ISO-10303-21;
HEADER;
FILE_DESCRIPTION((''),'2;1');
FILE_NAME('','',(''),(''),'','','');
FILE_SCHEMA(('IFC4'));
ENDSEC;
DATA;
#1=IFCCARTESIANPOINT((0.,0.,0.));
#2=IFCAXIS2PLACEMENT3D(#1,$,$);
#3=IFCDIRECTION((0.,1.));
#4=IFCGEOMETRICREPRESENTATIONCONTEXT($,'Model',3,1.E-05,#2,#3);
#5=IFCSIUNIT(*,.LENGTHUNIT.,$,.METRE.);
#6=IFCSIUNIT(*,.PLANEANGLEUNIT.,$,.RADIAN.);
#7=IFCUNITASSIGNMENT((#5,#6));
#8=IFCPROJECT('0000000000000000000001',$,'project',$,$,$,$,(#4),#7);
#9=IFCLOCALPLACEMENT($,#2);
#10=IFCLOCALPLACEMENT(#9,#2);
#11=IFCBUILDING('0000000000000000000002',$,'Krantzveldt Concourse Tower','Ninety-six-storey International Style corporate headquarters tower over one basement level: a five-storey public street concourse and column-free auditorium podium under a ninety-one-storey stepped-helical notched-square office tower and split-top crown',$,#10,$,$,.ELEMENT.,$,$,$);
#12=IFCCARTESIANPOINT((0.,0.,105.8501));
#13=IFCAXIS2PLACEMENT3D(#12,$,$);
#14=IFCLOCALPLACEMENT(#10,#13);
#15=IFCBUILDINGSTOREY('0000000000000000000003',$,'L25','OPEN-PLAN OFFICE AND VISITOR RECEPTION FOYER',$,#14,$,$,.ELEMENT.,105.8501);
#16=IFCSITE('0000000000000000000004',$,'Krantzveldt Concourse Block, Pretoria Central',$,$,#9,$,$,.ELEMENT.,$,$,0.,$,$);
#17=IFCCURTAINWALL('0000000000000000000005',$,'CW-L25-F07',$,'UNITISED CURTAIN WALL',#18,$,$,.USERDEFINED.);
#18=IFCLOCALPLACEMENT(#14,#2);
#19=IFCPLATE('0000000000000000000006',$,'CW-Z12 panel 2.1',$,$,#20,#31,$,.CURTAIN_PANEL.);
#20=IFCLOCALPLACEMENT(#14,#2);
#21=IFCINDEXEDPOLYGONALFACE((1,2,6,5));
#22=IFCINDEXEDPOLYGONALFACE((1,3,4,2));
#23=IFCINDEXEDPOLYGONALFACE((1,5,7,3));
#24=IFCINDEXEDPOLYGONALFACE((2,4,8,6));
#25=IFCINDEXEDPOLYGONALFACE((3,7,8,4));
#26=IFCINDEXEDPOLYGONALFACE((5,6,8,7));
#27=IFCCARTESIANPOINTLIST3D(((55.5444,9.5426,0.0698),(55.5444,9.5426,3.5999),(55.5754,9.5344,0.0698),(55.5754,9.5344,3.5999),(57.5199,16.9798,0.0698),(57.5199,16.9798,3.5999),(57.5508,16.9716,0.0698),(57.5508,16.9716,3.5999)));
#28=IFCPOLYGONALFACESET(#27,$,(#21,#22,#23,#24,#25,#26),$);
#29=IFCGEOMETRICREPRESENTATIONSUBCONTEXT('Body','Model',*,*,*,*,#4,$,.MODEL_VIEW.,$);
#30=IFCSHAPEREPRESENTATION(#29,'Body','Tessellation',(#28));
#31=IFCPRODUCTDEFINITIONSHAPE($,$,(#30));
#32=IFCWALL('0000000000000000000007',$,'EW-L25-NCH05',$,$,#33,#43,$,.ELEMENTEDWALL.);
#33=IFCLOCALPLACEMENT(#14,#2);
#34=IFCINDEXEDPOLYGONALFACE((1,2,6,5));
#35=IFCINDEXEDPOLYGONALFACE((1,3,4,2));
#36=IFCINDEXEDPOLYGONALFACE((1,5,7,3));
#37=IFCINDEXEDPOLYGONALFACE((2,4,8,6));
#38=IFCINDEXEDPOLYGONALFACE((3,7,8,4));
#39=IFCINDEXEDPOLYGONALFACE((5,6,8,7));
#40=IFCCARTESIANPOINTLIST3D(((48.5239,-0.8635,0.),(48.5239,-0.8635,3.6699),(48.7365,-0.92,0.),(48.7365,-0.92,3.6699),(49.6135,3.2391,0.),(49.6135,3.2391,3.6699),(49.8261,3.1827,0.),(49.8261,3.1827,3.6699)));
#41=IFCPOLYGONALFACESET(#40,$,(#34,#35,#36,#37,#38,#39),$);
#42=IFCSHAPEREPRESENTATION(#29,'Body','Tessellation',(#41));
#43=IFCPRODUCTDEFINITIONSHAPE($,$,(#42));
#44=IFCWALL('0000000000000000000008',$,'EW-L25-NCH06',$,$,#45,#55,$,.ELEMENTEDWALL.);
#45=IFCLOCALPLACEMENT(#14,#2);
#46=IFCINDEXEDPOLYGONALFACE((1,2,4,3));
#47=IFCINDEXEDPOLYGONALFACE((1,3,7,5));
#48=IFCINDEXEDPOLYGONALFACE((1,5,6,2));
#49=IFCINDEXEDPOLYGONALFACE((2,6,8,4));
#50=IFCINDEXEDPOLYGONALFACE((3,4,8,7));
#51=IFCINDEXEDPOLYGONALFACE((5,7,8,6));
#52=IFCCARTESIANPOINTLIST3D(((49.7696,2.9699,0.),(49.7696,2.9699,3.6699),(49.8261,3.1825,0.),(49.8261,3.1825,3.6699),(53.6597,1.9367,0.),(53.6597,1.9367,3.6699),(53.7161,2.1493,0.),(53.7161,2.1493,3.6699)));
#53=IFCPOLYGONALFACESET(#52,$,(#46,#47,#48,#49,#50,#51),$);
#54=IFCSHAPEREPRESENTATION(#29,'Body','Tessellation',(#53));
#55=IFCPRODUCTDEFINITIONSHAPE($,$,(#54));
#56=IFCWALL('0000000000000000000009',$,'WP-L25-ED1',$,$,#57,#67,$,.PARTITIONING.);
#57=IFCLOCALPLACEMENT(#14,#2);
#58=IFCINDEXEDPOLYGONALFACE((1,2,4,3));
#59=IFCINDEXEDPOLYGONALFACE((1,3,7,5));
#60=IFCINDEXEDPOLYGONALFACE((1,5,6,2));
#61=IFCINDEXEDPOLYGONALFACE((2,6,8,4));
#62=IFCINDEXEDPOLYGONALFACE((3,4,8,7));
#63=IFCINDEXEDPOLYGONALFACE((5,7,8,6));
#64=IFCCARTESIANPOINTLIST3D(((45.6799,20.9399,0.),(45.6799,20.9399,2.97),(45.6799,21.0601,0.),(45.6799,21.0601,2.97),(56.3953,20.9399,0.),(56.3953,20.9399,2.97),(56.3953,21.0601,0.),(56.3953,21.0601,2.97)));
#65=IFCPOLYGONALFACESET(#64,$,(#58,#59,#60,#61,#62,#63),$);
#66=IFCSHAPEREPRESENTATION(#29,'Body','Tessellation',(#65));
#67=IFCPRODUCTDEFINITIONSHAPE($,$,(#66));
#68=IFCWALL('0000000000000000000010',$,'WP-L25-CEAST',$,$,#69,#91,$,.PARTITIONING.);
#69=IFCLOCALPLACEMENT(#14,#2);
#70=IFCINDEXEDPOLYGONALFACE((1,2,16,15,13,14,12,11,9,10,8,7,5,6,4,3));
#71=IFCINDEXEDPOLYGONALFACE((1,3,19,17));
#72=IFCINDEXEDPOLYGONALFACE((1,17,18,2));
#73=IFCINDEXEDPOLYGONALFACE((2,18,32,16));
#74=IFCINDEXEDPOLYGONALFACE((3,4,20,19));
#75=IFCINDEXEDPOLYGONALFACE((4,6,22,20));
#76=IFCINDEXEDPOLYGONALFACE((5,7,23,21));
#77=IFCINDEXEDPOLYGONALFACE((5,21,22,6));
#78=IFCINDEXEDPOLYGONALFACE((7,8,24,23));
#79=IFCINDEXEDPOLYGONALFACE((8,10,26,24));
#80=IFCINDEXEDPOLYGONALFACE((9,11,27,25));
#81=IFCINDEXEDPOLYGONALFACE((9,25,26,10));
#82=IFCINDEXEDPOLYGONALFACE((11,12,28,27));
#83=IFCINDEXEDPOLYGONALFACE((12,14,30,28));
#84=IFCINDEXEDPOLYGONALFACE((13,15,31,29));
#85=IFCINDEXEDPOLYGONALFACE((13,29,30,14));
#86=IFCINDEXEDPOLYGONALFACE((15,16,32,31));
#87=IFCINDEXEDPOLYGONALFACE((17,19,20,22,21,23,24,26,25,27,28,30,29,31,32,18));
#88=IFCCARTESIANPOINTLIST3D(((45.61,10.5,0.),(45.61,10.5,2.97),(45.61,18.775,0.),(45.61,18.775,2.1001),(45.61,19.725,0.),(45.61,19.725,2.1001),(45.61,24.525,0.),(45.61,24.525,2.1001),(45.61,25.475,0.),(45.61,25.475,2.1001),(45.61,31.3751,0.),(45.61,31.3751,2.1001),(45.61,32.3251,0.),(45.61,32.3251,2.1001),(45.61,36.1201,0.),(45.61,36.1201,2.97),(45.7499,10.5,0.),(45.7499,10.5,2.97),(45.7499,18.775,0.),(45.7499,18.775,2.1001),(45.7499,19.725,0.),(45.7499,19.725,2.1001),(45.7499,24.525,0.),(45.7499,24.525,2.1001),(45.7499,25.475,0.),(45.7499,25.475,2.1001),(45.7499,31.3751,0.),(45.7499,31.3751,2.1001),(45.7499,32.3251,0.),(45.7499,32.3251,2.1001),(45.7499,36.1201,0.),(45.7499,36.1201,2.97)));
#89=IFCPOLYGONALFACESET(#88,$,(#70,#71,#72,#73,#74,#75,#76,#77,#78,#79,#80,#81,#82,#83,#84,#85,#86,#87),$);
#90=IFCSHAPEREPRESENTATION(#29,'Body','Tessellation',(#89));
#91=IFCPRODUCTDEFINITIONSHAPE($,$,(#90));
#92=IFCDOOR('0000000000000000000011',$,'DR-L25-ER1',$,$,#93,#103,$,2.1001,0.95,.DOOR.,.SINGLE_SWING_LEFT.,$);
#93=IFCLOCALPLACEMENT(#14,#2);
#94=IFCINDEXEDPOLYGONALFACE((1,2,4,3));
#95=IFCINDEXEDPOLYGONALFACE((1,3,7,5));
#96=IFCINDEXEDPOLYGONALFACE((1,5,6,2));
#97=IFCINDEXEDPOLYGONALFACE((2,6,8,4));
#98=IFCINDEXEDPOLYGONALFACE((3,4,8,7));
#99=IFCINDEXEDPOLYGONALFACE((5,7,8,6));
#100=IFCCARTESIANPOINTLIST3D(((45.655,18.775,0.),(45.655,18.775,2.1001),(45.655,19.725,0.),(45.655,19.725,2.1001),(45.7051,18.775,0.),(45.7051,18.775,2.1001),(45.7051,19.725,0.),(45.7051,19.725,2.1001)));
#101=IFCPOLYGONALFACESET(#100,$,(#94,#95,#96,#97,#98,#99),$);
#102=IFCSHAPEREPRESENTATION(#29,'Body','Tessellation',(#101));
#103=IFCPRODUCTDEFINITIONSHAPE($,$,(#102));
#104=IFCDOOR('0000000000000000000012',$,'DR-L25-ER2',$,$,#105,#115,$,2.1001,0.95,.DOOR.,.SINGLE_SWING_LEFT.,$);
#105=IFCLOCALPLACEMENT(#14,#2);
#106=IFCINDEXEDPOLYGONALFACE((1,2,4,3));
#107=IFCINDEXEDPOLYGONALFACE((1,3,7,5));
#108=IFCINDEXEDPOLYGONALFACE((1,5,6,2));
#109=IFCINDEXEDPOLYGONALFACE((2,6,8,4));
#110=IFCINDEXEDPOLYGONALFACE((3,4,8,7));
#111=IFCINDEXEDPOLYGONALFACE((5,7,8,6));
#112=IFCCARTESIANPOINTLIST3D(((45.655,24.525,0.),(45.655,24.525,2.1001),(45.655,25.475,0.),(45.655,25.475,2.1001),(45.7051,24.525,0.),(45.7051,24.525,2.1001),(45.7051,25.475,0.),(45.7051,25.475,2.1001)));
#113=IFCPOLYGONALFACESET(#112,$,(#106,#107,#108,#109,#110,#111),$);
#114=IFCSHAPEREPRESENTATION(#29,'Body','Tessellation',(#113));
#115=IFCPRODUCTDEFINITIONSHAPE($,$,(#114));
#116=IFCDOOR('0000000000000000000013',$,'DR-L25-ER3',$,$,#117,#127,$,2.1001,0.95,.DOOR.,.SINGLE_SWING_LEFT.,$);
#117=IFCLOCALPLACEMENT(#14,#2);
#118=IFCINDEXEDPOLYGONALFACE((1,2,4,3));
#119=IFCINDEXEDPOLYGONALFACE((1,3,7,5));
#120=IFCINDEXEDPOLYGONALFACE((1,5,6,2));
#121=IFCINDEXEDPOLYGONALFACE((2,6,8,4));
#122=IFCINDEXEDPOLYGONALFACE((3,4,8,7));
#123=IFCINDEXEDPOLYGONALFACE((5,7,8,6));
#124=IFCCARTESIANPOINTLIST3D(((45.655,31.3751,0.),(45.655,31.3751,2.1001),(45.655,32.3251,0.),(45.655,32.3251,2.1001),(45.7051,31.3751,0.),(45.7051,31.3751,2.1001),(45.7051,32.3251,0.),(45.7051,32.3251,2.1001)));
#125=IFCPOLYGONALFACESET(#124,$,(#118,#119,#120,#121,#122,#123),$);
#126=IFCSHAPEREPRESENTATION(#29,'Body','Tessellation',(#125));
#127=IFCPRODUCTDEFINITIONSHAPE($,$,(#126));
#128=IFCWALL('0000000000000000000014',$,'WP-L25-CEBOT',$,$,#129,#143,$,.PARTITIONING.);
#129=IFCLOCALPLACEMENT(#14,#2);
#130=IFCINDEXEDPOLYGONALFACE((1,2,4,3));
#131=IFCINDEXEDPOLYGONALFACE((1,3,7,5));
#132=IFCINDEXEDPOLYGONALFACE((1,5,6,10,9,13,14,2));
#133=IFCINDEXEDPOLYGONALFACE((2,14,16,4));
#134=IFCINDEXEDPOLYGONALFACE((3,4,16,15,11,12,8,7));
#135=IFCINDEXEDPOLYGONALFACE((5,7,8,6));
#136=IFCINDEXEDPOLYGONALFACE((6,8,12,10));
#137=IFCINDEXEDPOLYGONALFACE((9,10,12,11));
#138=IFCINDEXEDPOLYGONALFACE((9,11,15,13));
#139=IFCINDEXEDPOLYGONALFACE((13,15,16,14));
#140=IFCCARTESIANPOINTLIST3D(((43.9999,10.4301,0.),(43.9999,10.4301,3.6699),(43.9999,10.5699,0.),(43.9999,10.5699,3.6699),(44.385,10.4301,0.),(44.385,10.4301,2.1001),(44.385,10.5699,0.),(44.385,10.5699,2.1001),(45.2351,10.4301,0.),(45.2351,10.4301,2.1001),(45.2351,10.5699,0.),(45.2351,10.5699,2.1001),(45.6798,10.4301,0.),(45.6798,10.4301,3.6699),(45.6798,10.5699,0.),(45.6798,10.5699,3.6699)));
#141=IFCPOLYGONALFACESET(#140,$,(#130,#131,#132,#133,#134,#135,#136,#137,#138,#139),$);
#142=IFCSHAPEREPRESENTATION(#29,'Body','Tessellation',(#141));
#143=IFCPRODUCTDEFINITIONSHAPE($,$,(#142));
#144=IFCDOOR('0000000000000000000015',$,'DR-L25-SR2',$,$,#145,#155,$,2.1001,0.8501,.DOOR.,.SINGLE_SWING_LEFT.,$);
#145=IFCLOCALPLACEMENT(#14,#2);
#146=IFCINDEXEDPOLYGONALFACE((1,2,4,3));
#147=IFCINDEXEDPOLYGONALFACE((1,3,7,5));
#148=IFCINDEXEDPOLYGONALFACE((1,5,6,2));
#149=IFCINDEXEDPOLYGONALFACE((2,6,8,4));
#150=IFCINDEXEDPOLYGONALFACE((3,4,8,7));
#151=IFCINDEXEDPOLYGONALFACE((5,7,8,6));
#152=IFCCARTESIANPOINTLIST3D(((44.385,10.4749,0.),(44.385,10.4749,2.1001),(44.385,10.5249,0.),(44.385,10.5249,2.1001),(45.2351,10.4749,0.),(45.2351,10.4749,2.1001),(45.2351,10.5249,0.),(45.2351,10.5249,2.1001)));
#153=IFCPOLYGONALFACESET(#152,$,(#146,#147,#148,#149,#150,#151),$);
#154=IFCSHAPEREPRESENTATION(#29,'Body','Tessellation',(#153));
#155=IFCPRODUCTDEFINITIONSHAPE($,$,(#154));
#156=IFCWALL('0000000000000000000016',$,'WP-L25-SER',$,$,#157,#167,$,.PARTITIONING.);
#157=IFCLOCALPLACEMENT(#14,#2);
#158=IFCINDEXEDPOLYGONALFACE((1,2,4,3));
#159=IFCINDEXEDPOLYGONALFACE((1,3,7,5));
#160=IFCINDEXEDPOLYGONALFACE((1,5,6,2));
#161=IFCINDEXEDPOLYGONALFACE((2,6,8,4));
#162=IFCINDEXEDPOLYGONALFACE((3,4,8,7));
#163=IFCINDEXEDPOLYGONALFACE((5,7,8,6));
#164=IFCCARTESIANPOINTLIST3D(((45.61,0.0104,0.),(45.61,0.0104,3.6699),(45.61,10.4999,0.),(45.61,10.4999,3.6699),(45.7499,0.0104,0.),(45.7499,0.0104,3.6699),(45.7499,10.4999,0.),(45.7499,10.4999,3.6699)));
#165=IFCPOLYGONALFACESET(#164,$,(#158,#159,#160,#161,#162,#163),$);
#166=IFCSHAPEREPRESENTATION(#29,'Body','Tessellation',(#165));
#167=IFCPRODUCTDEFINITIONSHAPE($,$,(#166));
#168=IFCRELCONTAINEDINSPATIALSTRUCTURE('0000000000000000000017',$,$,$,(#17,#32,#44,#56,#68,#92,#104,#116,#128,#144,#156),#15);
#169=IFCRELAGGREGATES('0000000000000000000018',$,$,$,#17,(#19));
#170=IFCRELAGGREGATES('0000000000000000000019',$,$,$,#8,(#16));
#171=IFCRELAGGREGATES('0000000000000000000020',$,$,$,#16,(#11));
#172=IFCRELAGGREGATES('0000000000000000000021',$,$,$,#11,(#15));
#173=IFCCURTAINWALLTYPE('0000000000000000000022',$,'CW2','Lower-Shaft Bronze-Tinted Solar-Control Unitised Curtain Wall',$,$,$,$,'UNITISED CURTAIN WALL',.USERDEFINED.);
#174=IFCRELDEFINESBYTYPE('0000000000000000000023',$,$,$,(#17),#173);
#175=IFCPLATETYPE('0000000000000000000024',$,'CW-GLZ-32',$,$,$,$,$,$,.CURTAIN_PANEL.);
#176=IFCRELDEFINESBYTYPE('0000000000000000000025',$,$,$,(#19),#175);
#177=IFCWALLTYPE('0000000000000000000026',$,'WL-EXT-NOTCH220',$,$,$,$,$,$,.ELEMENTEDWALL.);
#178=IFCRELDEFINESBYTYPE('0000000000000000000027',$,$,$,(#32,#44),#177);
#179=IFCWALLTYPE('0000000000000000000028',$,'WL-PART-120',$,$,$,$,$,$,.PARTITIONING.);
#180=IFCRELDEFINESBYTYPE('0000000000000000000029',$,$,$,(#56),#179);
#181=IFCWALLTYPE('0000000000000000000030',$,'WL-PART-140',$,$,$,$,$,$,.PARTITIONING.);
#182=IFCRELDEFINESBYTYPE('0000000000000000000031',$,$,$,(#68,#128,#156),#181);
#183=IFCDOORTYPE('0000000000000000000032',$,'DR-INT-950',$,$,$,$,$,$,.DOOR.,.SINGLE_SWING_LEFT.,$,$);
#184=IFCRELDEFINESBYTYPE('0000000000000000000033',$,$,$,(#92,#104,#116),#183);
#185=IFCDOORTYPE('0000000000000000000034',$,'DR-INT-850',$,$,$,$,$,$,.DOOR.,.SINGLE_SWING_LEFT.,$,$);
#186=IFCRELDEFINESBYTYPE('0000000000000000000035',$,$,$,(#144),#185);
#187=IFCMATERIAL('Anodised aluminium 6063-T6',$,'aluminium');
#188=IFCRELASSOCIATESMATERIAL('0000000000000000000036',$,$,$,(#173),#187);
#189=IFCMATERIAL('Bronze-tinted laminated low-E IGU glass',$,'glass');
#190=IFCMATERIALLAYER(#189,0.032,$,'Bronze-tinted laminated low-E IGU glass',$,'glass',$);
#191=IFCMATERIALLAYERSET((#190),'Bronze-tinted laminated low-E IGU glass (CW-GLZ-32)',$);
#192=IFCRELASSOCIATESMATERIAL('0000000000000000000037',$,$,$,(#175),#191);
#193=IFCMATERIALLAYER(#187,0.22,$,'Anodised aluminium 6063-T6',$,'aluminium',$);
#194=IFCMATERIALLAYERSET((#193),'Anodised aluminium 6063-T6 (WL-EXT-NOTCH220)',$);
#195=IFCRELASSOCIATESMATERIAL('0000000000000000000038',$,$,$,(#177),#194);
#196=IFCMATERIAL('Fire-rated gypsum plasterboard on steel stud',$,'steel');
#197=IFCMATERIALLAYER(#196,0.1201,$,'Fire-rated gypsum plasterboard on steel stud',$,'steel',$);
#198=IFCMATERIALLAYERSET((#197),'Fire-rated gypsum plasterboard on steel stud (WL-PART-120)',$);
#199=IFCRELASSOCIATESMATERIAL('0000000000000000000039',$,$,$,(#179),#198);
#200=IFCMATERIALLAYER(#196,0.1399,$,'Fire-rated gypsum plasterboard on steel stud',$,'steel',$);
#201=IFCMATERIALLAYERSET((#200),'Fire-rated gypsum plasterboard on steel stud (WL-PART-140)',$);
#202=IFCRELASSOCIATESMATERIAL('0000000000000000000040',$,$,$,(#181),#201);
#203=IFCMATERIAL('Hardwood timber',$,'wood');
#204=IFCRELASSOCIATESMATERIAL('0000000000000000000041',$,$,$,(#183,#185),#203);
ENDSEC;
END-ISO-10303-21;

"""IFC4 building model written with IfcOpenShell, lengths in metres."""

from ifc_helpers import new_model, si_unit, direction, frame, frame_2d, origin, origin_2d, place, context, subcontext, project, spatial, rectangle, extrude, source, transform, mapped, material, layer, layer_set, type_object, element, fill, aggregate, save


model = new_model("IFC4")

# Units and contexts
model_context = context("Model", 3, precision=1e-05, world=origin(), true_north=direction((0.0, 1.0)))
body_context = subcontext(model_context, "Body", "Model", "MODEL_VIEW")
ifc_project = project(units=[si_unit("LENGTHUNIT", "METRE"), si_unit("PLANEANGLEUNIT", "RADIAN")], contexts=[model_context])

# Site, building, storey
site_placement = place(None, origin())
site = spatial("IfcSite", under=ifc_project, at=site_placement, Name="Krantzveldt Concourse Block, Pretoria Central", CompositionType="ELEMENT", RefElevation=0.0)
building_placement = place(site_placement, origin())
building = spatial("IfcBuilding", under=site, at=building_placement, Name="Krantzveldt Concourse Tower", Description="Ninety-six-storey International Style corporate headquarters tower over one basement level: a five-storey public street concourse and column-free auditorium podium under a ninety-one-storey stepped-helical notched-square office tower and split-top crown", CompositionType="ELEMENT")
storey_placement = place(building_placement, frame((0.0, 0.0, 105.8501)))
storey = spatial("IfcBuildingStorey", under=building, at=storey_placement, Name="L25", Description="OPEN-PLAN OFFICE AND VISITOR RECEPTION FOYER", CompositionType="ELEMENT", Elevation=105.8501)

# Shared definitions
ifc_material_1 = material(Name="Anodised aluminium 6063-T6", Category="aluminium")
curtain_wall_type_1 = type_object("IfcCurtainWallType", Name="CW2", Description="Lower-Shaft Bronze-Tinted Solar-Control Unitised Curtain Wall", ElementType="UNITISED CURTAIN WALL", PredefinedType="USERDEFINED", material=ifc_material_1)

# Curtain wall
curtain_wall_1_placement = place(storey_placement, origin())
curtain_wall_1 = element("IfcCurtainWall", 1, at=curtain_wall_1_placement, inside=storey, type_object=curtain_wall_type_1, Name="CW-L25-F07", ObjectType="UNITISED CURTAIN WALL", PredefinedType="USERDEFINED")

# Plate
ifc_material_2 = material(Name="Bronze-tinted laminated low-E IGU glass", Category="glass")
ifc_layer_1 = layer(ifc_material_2, 0.032, Name="Bronze-tinted laminated low-E IGU glass", Category="glass")
ifc_layer_set_1 = layer_set([ifc_layer_1], Name="Bronze-tinted laminated low-E IGU glass (CW-GLZ-32)")
plate_type = type_object("IfcPlateType", Name="CW-GLZ-32", PredefinedType="CURTAIN_PANEL", material=ifc_layer_set_1)
shared_shape_1 = source(origin(), body_context, "Body", "SweptSolid", [
    extrude(rectangle(XDim=7.6951, YDim=0.032, at=origin_2d()), origin(), (0.0, 0.0, 1.0), 3.53),
])
plate_1_placement = place(storey_placement, frame((56.5476, 13.2571, 0.0698), z_axis=(0.0, 0.0, 1.0), x_axis=(0.256711, 0.966488, 0.0)))
plate_1 = element("IfcPlate", 2, at=plate_1_placement, type_object=plate_type, Name="CW-Z12 panel 2.1", PredefinedType="CURTAIN_PANEL", context=body_context, shape_type="MappedRepresentation", body=[
    mapped(shared_shape_1, transform((0.0, 0.0, 0.0), x_axis=(1.0, 0.0, 0.0), y_axis=(0.0, 1.0, 0.0), z_axis=(0.0, 0.0, 1.0), scale=1.0)),
])
aggregate(curtain_wall_1, [plate_1])

# Walls
ifc_layer_2 = layer(ifc_material_1, 0.22, Name="Anodised aluminium 6063-T6", Category="aluminium")
ifc_layer_set_2 = layer_set([ifc_layer_2], Name="Anodised aluminium 6063-T6 (WL-EXT-NOTCH220)")
wall_type_1 = type_object("IfcWallType", Name="WL-EXT-NOTCH220", PredefinedType="ELEMENTEDWALL", material=ifc_layer_set_2)
wall_1_placement = place(storey_placement, frame((48.6301, -0.8918, 0.0), z_axis=(0.0, 0.0, 1.0), x_axis=(0.256692, 0.966493, 0.0)))
element("IfcWall", 3, at=wall_1_placement, inside=storey, type_object=wall_type_1, Name="EW-L25-NCH05", PredefinedType="ELEMENTEDWALL", context=body_context, shape_type="SweptSolid", body=[
    extrude(rectangle(XDim=4.2449, YDim=0.22, at=frame_2d((2.1226, 0.0))), origin(), (0.0, 0.0, 1.0), 3.6699),
])
wall_2_placement = place(storey_placement, frame((49.7979, 3.0762, 0.0), z_axis=(0.0, 0.0, 1.0), x_axis=(0.966492, -0.256696, 0.0)))
element("IfcWall", 4, at=wall_2_placement, inside=storey, type_object=wall_type_1, Name="EW-L25-NCH06", PredefinedType="ELEMENTEDWALL", context=body_context, shape_type="SweptSolid", body=[
    extrude(rectangle(XDim=4.0249, YDim=0.22, at=frame_2d((2.0125, 0.0))), origin(), (0.0, 0.0, 1.0), 3.6699),
])
ifc_material_3 = material(Name="Fire-rated gypsum plasterboard on steel stud", Category="steel")
ifc_layer_3 = layer(ifc_material_3, 0.1201, Name="Fire-rated gypsum plasterboard on steel stud", Category="steel")
ifc_layer_set_3 = layer_set([ifc_layer_3], Name="Fire-rated gypsum plasterboard on steel stud (WL-PART-120)")
wall_type_2 = type_object("IfcWallType", Name="WL-PART-120", PredefinedType="PARTITIONING", material=ifc_layer_set_3)
wall_3_placement = place(storey_placement, frame((45.6799, 21.0, 0.0), z_axis=(0.0, 0.0, 1.0), x_axis=(1.0, 0.0, 0.0)))
element("IfcWall", 5, at=wall_3_placement, inside=storey, type_object=wall_type_2, Name="WP-L25-ED1", PredefinedType="PARTITIONING", context=body_context, shape_type="SweptSolid", body=[
    extrude(rectangle(XDim=10.7153, YDim=0.1201, at=frame_2d((5.3577, 0.0))), origin(), (0.0, 0.0, 1.0), 2.97),
])

# Wall, openings, doors
ifc_layer_4 = layer(ifc_material_3, 0.1399, Name="Fire-rated gypsum plasterboard on steel stud", Category="steel")
ifc_layer_set_4 = layer_set([ifc_layer_4], Name="Fire-rated gypsum plasterboard on steel stud (WL-PART-140)")
wall_type_3 = type_object("IfcWallType", Name="WL-PART-140", PredefinedType="PARTITIONING", material=ifc_layer_set_4)
wall_4_placement = place(storey_placement, frame((45.6799, 10.5, 0.0), z_axis=(0.0, 0.0, 1.0), x_axis=(0.0, 1.0, 0.0)))
wall_4 = element("IfcWall", 6, at=wall_4_placement, inside=storey, type_object=wall_type_3, Name="WP-L25-CEAST", PredefinedType="PARTITIONING", context=body_context, shape_type="SweptSolid", body=[
    extrude(rectangle(XDim=25.6201, YDim=0.1399, at=frame_2d((12.8101, 0.0))), origin(), (0.0, 0.0, 1.0), 2.97),
])
opening_1_placement = place(wall_4_placement, frame((8.2749, 0.0, 0.0)))
opening_1 = element("IfcOpeningElement", 7, at=opening_1_placement, cuts=wall_4, PredefinedType="OPENING", context=body_context, shape_type="SweptSolid", body=[
    extrude(rectangle(XDim=0.95, YDim=2.1001, at=frame_2d((0.4751, 1.05))), frame((0.0, 0.0801, 0.0), z_axis=(0.0, -1.0, 0.0), x_axis=(1.0, 0.0, 0.0)), (0.0, 0.0, 1.0), 0.1599),
])
opening_2_placement = place(wall_4_placement, frame((14.0249, 0.0, 0.0)))
opening_2 = element("IfcOpeningElement", 8, at=opening_2_placement, cuts=wall_4, PredefinedType="OPENING", context=body_context, shape_type="SweptSolid", body=[
    extrude(rectangle(XDim=0.95, YDim=2.1001, at=frame_2d((0.4751, 1.05))), frame((0.0, 0.0801, 0.0), z_axis=(0.0, -1.0, 0.0), x_axis=(1.0, 0.0, 0.0)), (0.0, 0.0, 1.0), 0.1599),
])
opening_3_placement = place(wall_4_placement, frame((20.875, 0.0, 0.0)))
opening_3 = element("IfcOpeningElement", 9, at=opening_3_placement, cuts=wall_4, PredefinedType="OPENING", context=body_context, shape_type="SweptSolid", body=[
    extrude(rectangle(XDim=0.95, YDim=2.1001, at=frame_2d((0.4751, 1.05))), frame((0.0, 0.0801, 0.0), z_axis=(0.0, -1.0, 0.0), x_axis=(1.0, 0.0, 0.0)), (0.0, 0.0, 1.0), 0.1599),
])
ifc_material_4 = material(Name="Hardwood timber", Category="wood")
door_type_1 = type_object("IfcDoorType", Name="DR-INT-950", OperationType="SINGLE_SWING_LEFT", PredefinedType="DOOR", material=ifc_material_4)
door_1_placement = place(opening_1_placement, origin())
door_1 = element("IfcDoor", 10, at=door_1_placement, inside=storey, type_object=door_type_1, Name="DR-L25-ER1", OperationType="SINGLE_SWING_LEFT", OverallHeight=2.1001, OverallWidth=0.95, PredefinedType="DOOR", context=body_context, shape_type="SweptSolid", body=[
    extrude(rectangle(XDim=0.95, YDim=2.1001, at=frame_2d((0.4751, 1.05))), frame((0.0, 0.0249, 0.0), z_axis=(0.0, -1.0, 0.0), x_axis=(1.0, 0.0, 0.0)), (0.0, 0.0, 1.0), 0.05),
])
fill(opening_1, door_1)
door_2_placement = place(opening_2_placement, origin())
door_2 = element("IfcDoor", 11, at=door_2_placement, inside=storey, type_object=door_type_1, Name="DR-L25-ER2", OperationType="SINGLE_SWING_LEFT", OverallHeight=2.1001, OverallWidth=0.95, PredefinedType="DOOR", context=body_context, shape_type="SweptSolid", body=[
    extrude(rectangle(XDim=0.95, YDim=2.1001, at=frame_2d((0.4751, 1.05))), frame((0.0, 0.0249, 0.0), z_axis=(0.0, -1.0, 0.0), x_axis=(1.0, 0.0, 0.0)), (0.0, 0.0, 1.0), 0.05),
])
fill(opening_2, door_2)
door_3_placement = place(opening_3_placement, origin())
door_3 = element("IfcDoor", 12, at=door_3_placement, inside=storey, type_object=door_type_1, Name="DR-L25-ER3", OperationType="SINGLE_SWING_LEFT", OverallHeight=2.1001, OverallWidth=0.95, PredefinedType="DOOR", context=body_context, shape_type="SweptSolid", body=[
    extrude(rectangle(XDim=0.95, YDim=2.1001, at=frame_2d((0.4751, 1.05))), frame((0.0, 0.0249, 0.0), z_axis=(0.0, -1.0, 0.0), x_axis=(1.0, 0.0, 0.0)), (0.0, 0.0, 1.0), 0.05),
])
fill(opening_3, door_3)

# Wall, opening, door
wall_5_placement = place(storey_placement, frame((44.0, 10.5, 0.0), z_axis=(0.0, 0.0, 1.0), x_axis=(1.0, 0.0, 0.0)))
wall_5 = element("IfcWall", 13, at=wall_5_placement, inside=storey, type_object=wall_type_3, Name="WP-L25-CEBOT", PredefinedType="PARTITIONING", context=body_context, shape_type="SweptSolid", body=[
    extrude(rectangle(XDim=1.6799, YDim=0.1399, at=frame_2d((0.8398, 0.0))), origin(), (0.0, 0.0, 1.0), 3.6699),
])
opening_4_placement = place(wall_5_placement, frame((0.385, 0.0, 0.0)))
opening_4 = element("IfcOpeningElement", 14, at=opening_4_placement, cuts=wall_5, PredefinedType="OPENING", context=body_context, shape_type="SweptSolid", body=[
    extrude(rectangle(XDim=0.8501, YDim=2.1001, at=frame_2d((0.425, 1.05))), frame((0.0, 0.0801, 0.0), z_axis=(0.0, -1.0, 0.0), x_axis=(1.0, 0.0, 0.0)), (0.0, 0.0, 1.0), 0.1599),
])
door_type_2 = type_object("IfcDoorType", Name="DR-INT-850", OperationType="SINGLE_SWING_LEFT", PredefinedType="DOOR", material=ifc_material_4)
door_4_placement = place(opening_4_placement, origin())
door_4 = element("IfcDoor", 15, at=door_4_placement, inside=storey, type_object=door_type_2, Name="DR-L25-SR2", OperationType="SINGLE_SWING_LEFT", OverallHeight=2.1001, OverallWidth=0.8501, PredefinedType="DOOR", context=body_context, shape_type="SweptSolid", body=[
    extrude(rectangle(XDim=0.8501, YDim=2.1001, at=frame_2d((0.425, 1.05))), frame((0.0, 0.0249, 0.0), z_axis=(0.0, -1.0, 0.0), x_axis=(1.0, 0.0, 0.0)), (0.0, 0.0, 1.0), 0.05),
])
fill(opening_4, door_4)

# Wall
wall_6_placement = place(storey_placement, frame((45.6799, 0.0105, 0.0), z_axis=(0.0, 0.0, 1.0), x_axis=(0.0, 1.0, 0.0)))
element("IfcWall", 16, at=wall_6_placement, inside=storey, type_object=wall_type_3, Name="WP-L25-SER", PredefinedType="PARTITIONING", context=body_context, shape_type="SweptSolid", body=[
    extrude(rectangle(XDim=10.4895, YDim=0.1399, at=frame_2d((5.2446, 0.0))), origin(), (0.0, 0.0, 1.0), 3.6699),
])

save(model, "model.ifc")
